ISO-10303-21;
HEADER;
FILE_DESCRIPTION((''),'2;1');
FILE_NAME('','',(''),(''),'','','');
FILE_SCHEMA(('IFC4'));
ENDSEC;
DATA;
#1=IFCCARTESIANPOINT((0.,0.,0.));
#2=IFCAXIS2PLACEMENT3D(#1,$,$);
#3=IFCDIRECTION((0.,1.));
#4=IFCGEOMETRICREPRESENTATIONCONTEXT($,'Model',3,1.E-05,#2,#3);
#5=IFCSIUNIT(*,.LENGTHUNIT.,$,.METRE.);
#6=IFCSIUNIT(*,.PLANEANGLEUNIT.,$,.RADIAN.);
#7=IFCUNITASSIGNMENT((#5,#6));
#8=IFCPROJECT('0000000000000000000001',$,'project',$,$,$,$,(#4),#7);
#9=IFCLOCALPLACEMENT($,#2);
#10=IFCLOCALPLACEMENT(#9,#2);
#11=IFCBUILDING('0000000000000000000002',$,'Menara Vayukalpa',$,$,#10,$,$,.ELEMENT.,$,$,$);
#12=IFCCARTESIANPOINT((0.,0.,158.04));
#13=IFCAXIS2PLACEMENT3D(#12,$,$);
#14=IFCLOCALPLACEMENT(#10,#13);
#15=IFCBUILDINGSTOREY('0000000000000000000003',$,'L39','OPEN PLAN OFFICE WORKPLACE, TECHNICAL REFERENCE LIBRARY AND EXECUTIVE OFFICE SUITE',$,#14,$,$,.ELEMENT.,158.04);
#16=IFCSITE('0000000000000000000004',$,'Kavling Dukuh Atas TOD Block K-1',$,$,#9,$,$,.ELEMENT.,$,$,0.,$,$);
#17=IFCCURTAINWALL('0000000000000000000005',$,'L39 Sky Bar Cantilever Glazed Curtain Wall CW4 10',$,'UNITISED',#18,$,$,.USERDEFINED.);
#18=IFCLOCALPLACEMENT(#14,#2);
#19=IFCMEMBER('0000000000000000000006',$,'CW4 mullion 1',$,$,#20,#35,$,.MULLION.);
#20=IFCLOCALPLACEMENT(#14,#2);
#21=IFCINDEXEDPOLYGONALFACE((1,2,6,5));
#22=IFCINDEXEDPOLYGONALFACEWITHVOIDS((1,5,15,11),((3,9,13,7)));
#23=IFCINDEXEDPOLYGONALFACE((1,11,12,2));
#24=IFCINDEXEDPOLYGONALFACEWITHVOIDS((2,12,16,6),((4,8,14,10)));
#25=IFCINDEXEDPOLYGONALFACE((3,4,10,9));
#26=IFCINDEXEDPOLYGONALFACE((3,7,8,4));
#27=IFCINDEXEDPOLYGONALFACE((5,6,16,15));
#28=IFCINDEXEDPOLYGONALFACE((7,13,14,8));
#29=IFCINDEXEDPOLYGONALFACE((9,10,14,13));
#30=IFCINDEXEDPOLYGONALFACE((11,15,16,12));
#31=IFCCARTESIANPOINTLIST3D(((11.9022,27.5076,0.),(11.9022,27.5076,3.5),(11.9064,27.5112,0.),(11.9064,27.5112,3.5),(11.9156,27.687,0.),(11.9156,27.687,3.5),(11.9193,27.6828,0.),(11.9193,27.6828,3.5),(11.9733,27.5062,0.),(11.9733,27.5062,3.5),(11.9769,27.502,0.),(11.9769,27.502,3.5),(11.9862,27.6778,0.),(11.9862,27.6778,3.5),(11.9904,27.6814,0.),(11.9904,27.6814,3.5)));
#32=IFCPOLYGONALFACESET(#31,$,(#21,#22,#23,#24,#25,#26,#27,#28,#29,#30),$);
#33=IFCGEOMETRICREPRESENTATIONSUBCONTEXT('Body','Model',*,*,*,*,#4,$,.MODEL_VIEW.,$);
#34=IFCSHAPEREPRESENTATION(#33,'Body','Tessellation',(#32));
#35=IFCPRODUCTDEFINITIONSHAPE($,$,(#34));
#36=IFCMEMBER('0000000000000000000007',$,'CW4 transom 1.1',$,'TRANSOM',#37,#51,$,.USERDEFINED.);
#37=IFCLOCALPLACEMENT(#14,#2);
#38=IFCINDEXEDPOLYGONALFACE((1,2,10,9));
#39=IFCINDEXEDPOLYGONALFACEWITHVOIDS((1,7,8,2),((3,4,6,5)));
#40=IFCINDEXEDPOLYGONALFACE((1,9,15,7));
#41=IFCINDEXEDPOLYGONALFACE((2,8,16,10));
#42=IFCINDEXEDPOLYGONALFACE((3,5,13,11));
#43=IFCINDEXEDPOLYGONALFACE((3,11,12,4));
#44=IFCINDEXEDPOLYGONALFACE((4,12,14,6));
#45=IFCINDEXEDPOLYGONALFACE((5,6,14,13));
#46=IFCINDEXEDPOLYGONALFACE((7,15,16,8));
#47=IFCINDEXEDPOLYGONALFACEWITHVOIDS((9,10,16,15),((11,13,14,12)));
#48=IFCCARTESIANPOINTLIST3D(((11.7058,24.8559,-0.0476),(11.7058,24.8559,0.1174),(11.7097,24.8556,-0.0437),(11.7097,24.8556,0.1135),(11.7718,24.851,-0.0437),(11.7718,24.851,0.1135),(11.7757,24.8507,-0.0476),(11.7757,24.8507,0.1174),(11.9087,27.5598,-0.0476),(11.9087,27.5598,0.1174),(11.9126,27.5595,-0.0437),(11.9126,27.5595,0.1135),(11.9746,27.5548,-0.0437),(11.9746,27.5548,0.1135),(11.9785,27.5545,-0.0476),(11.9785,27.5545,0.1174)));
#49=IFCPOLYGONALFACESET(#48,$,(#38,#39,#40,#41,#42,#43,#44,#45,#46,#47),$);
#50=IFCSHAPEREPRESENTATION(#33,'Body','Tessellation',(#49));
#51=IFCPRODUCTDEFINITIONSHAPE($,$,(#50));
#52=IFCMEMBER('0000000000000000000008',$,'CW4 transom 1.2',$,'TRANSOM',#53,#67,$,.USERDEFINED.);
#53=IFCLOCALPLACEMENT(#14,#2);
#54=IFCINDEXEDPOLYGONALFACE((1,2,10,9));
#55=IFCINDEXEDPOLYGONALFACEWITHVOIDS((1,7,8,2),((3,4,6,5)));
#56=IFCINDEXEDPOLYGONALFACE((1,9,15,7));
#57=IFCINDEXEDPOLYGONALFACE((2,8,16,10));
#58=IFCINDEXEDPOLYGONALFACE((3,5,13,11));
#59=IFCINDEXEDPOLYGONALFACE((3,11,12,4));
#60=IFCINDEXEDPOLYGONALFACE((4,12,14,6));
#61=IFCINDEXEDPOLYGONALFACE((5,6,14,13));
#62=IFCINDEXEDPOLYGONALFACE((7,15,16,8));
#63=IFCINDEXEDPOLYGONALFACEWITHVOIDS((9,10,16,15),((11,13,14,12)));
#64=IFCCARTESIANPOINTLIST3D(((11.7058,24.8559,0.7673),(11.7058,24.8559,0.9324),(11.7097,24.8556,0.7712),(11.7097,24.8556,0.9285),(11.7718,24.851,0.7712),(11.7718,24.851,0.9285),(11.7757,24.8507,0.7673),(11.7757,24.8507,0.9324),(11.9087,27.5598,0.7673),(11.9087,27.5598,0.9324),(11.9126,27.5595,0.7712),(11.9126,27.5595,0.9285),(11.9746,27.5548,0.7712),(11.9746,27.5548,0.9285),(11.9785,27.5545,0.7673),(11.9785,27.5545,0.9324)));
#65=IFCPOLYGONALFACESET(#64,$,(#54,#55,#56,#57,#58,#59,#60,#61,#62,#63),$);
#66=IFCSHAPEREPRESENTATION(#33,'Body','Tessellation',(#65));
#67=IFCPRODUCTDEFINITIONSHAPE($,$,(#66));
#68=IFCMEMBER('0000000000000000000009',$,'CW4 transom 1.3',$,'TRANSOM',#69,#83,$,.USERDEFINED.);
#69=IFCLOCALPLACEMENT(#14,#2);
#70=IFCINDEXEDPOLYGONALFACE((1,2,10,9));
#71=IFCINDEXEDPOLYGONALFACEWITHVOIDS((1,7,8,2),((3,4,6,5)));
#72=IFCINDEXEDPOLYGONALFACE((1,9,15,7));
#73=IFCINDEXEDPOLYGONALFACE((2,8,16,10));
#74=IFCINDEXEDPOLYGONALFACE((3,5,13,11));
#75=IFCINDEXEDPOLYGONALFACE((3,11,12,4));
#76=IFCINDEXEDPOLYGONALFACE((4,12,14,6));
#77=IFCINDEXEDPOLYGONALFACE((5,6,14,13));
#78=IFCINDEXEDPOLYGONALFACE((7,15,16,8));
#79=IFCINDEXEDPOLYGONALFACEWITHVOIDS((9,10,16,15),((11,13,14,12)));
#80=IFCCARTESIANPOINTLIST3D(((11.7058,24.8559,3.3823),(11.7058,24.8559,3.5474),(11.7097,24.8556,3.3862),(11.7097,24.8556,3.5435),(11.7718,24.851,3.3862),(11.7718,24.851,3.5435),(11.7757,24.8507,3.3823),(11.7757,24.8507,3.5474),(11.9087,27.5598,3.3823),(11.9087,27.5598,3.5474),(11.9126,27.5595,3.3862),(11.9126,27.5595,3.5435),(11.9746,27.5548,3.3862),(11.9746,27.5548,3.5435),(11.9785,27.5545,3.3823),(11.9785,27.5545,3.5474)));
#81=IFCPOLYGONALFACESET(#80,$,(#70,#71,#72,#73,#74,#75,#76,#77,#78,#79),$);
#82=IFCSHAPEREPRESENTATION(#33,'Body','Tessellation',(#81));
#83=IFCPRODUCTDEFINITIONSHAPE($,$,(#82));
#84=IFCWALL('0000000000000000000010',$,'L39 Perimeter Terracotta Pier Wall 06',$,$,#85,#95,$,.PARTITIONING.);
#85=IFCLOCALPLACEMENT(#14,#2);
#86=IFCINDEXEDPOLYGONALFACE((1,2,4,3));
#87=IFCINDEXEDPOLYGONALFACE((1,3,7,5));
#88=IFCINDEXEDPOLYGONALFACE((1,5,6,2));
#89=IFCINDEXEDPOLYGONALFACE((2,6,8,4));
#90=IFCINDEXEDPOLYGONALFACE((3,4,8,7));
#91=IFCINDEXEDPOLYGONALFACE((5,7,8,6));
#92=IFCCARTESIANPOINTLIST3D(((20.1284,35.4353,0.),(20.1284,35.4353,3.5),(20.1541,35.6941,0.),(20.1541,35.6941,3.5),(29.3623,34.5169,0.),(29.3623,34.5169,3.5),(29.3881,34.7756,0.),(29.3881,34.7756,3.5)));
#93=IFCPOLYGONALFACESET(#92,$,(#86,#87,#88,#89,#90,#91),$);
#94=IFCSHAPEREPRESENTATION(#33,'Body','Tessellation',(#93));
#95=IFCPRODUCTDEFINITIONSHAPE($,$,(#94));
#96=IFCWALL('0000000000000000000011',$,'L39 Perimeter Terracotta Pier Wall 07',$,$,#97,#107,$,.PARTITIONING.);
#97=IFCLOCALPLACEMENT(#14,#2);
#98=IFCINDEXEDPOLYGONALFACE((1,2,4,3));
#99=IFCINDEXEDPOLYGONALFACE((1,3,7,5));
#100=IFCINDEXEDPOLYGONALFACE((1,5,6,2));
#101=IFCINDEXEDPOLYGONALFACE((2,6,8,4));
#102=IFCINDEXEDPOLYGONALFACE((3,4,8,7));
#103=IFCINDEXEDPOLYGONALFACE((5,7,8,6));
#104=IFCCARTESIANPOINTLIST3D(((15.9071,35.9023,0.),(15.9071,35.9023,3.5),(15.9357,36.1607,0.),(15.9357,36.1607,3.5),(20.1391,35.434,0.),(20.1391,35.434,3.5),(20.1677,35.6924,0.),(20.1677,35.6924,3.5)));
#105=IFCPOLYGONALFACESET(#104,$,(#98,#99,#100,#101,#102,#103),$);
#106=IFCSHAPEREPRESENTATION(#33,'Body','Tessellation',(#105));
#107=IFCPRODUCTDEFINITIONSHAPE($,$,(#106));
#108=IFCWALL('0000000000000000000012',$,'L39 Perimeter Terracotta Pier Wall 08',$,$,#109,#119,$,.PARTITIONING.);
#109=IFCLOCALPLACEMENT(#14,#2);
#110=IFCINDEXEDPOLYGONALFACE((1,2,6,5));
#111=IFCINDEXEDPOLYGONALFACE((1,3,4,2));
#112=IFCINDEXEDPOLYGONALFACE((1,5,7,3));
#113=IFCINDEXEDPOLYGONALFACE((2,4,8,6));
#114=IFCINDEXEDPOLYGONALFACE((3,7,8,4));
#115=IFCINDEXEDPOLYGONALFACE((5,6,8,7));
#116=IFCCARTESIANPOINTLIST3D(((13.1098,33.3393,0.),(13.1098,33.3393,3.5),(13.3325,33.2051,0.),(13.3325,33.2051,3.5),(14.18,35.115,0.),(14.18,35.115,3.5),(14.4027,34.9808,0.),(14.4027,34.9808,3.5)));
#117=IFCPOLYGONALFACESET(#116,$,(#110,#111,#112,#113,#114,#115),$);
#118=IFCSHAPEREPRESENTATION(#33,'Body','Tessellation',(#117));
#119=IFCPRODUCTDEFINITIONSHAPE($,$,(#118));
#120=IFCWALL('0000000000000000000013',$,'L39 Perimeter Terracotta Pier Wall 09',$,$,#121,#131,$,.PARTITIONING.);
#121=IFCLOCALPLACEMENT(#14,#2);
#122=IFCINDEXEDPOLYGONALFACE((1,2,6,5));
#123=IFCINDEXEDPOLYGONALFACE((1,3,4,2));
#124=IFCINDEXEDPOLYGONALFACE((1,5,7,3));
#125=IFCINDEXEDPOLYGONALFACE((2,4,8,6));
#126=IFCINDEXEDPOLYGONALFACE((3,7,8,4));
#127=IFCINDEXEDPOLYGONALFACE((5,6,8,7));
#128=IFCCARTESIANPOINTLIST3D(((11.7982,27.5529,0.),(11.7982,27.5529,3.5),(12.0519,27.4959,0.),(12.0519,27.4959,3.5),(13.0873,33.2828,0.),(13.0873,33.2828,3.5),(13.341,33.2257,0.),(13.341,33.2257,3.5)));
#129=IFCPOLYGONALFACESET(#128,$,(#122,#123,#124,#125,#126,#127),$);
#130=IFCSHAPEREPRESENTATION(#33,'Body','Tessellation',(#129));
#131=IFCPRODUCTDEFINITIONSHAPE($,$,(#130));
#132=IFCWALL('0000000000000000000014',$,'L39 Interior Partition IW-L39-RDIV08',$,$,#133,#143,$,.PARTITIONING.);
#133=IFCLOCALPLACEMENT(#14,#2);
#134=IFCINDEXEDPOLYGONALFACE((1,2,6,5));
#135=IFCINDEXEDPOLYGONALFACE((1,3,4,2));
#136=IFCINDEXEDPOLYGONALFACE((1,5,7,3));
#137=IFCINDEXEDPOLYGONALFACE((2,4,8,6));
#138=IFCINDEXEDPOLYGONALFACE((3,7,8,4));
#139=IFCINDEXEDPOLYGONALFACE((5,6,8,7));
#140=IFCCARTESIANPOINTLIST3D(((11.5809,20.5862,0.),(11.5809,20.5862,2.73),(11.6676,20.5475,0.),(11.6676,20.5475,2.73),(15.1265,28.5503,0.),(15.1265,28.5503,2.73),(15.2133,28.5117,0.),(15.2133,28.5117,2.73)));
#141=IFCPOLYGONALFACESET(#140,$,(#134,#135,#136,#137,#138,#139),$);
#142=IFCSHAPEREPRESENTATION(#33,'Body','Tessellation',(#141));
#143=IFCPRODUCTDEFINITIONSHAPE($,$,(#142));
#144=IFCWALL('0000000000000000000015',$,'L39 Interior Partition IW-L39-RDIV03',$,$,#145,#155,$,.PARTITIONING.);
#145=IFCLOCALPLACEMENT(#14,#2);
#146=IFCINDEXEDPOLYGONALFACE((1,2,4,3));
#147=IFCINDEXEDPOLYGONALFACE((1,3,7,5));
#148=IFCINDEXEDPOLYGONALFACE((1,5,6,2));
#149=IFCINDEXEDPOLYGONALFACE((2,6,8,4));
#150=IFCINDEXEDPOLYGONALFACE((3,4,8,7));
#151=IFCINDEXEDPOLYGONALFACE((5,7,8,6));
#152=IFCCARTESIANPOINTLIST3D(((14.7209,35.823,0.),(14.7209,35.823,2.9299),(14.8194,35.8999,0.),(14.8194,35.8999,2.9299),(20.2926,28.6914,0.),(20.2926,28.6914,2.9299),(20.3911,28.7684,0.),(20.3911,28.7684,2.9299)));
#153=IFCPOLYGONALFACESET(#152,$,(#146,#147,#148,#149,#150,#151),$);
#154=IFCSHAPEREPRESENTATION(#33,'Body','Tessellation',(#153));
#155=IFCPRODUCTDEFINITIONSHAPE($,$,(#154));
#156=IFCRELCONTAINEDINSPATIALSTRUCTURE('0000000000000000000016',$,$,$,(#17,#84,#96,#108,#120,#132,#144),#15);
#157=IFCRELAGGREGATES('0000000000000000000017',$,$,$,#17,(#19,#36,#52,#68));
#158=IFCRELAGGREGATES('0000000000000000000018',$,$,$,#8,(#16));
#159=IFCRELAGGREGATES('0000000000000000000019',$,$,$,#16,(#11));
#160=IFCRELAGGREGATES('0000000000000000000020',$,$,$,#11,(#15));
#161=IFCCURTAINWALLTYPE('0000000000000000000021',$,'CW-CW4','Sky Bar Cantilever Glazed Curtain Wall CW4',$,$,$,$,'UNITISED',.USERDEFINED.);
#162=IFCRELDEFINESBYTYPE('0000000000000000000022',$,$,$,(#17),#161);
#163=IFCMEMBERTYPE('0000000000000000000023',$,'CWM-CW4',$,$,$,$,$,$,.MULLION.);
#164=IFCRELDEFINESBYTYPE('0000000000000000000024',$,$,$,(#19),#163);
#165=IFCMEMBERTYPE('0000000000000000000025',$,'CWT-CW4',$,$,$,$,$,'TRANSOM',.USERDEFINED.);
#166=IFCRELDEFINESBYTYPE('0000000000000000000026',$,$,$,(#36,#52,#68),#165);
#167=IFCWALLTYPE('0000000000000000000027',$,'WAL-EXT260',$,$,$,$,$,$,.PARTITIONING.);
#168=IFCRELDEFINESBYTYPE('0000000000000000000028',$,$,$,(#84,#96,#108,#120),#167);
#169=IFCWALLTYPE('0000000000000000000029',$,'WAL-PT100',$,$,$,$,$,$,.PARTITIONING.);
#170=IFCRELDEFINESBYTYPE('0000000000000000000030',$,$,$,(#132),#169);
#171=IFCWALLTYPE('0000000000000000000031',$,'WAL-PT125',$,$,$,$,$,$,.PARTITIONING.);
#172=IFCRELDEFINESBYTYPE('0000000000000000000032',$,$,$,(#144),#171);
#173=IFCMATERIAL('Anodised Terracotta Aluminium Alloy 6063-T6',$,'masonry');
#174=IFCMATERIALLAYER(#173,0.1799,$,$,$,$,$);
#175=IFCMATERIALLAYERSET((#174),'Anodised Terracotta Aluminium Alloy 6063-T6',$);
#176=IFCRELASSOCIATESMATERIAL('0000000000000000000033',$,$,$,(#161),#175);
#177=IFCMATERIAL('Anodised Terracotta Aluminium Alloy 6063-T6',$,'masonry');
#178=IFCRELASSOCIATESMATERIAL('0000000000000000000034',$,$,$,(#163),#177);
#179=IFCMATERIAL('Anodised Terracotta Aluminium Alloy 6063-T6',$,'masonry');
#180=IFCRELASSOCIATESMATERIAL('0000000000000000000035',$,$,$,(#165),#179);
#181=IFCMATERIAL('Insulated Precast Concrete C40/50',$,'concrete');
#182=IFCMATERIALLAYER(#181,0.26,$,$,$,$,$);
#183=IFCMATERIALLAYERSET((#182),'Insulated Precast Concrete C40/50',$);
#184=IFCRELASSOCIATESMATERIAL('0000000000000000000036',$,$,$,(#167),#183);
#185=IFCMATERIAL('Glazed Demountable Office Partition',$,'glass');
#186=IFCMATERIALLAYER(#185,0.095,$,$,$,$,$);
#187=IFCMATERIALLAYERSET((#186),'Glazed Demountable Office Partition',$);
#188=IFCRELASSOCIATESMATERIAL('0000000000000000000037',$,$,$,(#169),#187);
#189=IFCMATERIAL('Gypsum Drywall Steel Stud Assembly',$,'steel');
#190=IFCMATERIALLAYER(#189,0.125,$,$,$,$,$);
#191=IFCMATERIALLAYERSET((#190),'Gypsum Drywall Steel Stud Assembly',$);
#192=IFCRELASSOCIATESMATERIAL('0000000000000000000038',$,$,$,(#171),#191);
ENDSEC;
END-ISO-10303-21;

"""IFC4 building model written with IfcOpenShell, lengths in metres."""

from ifc_helpers import new_model, si_unit, direction, frame, frame_2d, origin, origin_2d, place, context, subcontext, project, spatial, rectangle, hollow_rectangle, extrude, material, layer, layer_set, material_profile, profile_set, type_object, element, aggregate, save


model = new_model("IFC4")

# Units and contexts
model_context = context("Model", 3, precision=1e-05, world=origin(), true_north=direction((0.0, 1.0)))
body_context = subcontext(model_context, "Body", "Model", "MODEL_VIEW")
ifc_project = project(units=[si_unit("LENGTHUNIT", "METRE"), si_unit("PLANEANGLEUNIT", "RADIAN")], contexts=[model_context])

# Site, building, storey
site_placement = place(None, origin())
site = spatial("IfcSite", under=ifc_project, at=site_placement, Name="Kavling Dukuh Atas TOD Block K-1", CompositionType="ELEMENT", RefElevation=0.0)
building_placement = place(site_placement, origin())
building = spatial("IfcBuilding", under=site, at=building_placement, Name="Menara Vayukalpa", CompositionType="ELEMENT")
storey_placement = place(building_placement, frame((0.0, 0.0, 158.04)))
storey = spatial("IfcBuildingStorey", under=building, at=storey_placement, Name="L39", Description="OPEN PLAN OFFICE WORKPLACE, TECHNICAL REFERENCE LIBRARY AND EXECUTIVE OFFICE SUITE", CompositionType="ELEMENT", Elevation=158.04)

# Curtain wall, members
ifc_material_1 = material(Name="Anodised Terracotta Aluminium Alloy 6063-T6", Category="masonry")
ifc_layer_1 = layer(ifc_material_1, 0.1799)
ifc_layer_set_1 = layer_set([ifc_layer_1], Name="Anodised Terracotta Aluminium Alloy 6063-T6")
curtain_wall_type = type_object("IfcCurtainWallType", Name="CW-CW4", Description="Sky Bar Cantilever Glazed Curtain Wall CW4", ElementType="UNITISED", PredefinedType="USERDEFINED", material=ifc_layer_set_1)
curtain_wall_placement = place(storey_placement, origin())
curtain_wall = element("IfcCurtainWall", 1, at=curtain_wall_placement, inside=storey, type_object=curtain_wall_type, Name="L39 Sky Bar Cantilever Glazed Curtain Wall CW4 10", ObjectType="UNITISED", PredefinedType="USERDEFINED")
ifc_material_2 = material(Name="Anodised Terracotta Aluminium Alloy 6063-T6", Category="masonry")
ifc_material_profile_1 = material_profile(ifc_material_2, hollow_rectangle(XDim=0.075, YDim=0.1799, WallThickness=0.0039, at=origin_2d()), Name="ALU 75x180x4")
ifc_profile_set_1 = profile_set([ifc_material_profile_1], Name="Anodised Terracotta Aluminium Alloy 6063-T6")
member_type_1 = type_object("IfcMemberType", Name="CWM-CW4", PredefinedType="MULLION", material=ifc_profile_set_1)
member_1_placement = place(storey_placement, frame((11.9463, 27.5945, 0.0), z_axis=(0.0, 0.0, 1.0), x_axis=(0.997199, -0.074793, 0.0)))
member_1 = element("IfcMember", 2, at=member_1_placement, type_object=member_type_1, Name="CW4 mullion 1", PredefinedType="MULLION", context=body_context, shape_type="SweptSolid", body=[
    extrude(hollow_rectangle(XDim=0.075, YDim=0.1799, WallThickness=0.0039, at=origin_2d()), origin(), (0.0, 0.0, 1.0), 3.5),
])
ifc_material_3 = material(Name="Anodised Terracotta Aluminium Alloy 6063-T6", Category="masonry")
ifc_material_profile_2 = material_profile(ifc_material_3, hollow_rectangle(XDim=0.0701, YDim=0.165, WallThickness=0.0039, at=origin_2d()), Name="ALU 70x165x4")
ifc_profile_set_2 = profile_set([ifc_material_profile_2], Name="Anodised Terracotta Aluminium Alloy 6063-T6")
member_type_2 = type_object("IfcMemberType", Name="CWT-CW4", ElementType="TRANSOM", PredefinedType="USERDEFINED", material=ifc_profile_set_2)
member_2_placement = place(storey_placement, frame((11.9436, 27.5571, 0.0349), z_axis=(-0.074824, -0.997197, 0.0), x_axis=(0.997197, -0.074824, 0.0)))
member_2 = element("IfcMember", 3, at=member_2_placement, type_object=member_type_2, Name="CW4 transom 1.1", ObjectType="TRANSOM", PredefinedType="USERDEFINED", context=body_context, shape_type="SweptSolid", body=[
    extrude(hollow_rectangle(XDim=0.0701, YDim=0.165, WallThickness=0.0039, at=origin_2d()), origin(), (0.0, 0.0, 1.0), 2.7114),
])
member_3_placement = place(storey_placement, frame((11.9436, 27.5571, 0.8499), z_axis=(-0.074824, -0.997197, 0.0), x_axis=(0.997197, -0.074824, 0.0)))
member_3 = element("IfcMember", 4, at=member_3_placement, type_object=member_type_2, Name="CW4 transom 1.2", ObjectType="TRANSOM", PredefinedType="USERDEFINED", context=body_context, shape_type="SweptSolid", body=[
    extrude(hollow_rectangle(XDim=0.0701, YDim=0.165, WallThickness=0.0039, at=origin_2d()), origin(), (0.0, 0.0, 1.0), 2.7114),
])
member_4_placement = place(storey_placement, frame((11.9436, 27.5571, 3.4648), z_axis=(-0.074824, -0.997197, 0.0), x_axis=(0.997197, -0.074824, 0.0)))
member_4 = element("IfcMember", 5, at=member_4_placement, type_object=member_type_2, Name="CW4 transom 1.3", ObjectType="TRANSOM", PredefinedType="USERDEFINED", context=body_context, shape_type="SweptSolid", body=[
    extrude(hollow_rectangle(XDim=0.0701, YDim=0.165, WallThickness=0.0039, at=origin_2d()), origin(), (0.0, 0.0, 1.0), 2.7114),
])
aggregate(curtain_wall, [member_1, member_2, member_3, member_4])

# Walls
ifc_material_4 = material(Name="Insulated Precast Concrete C40/50", Category="concrete")
ifc_layer_2 = layer(ifc_material_4, 0.26)
ifc_layer_set_2 = layer_set([ifc_layer_2], Name="Insulated Precast Concrete C40/50")
wall_type_1 = type_object("IfcWallType", Name="WAL-EXT260", PredefinedType="PARTITIONING", material=ifc_layer_set_2)
wall_1_placement = place(storey_placement, frame((20.1414, 35.5647, 0.0), z_axis=(0.0, 0.0, 1.0), x_axis=(0.99509, -0.098978, 0.0)))
element("IfcWall", 6, at=wall_1_placement, inside=storey, type_object=wall_type_1, Name="L39 Perimeter Terracotta Pier Wall 06", PredefinedType="PARTITIONING", context=body_context, shape_type="SweptSolid", body=[
    extrude(rectangle(XDim=9.2795, YDim=0.26, at=frame_2d((4.6396, 0.0))), origin(), (0.0, 0.0, 1.0), 3.5),
])
wall_2_placement = place(storey_placement, frame((15.9214, 36.0315, 0.0), z_axis=(0.0, 0.0, 1.0), x_axis=(0.993934, -0.109978, 0.0)))
element("IfcWall", 7, at=wall_2_placement, inside=storey, type_object=wall_type_1, Name="L39 Perimeter Terracotta Pier Wall 07", PredefinedType="PARTITIONING", context=body_context, shape_type="SweptSolid", body=[
    extrude(rectangle(XDim=4.2578, YDim=0.26, at=frame_2d((2.1289, 0.0))), origin(), (0.0, 0.0, 1.0), 3.5),
])
wall_3_placement = place(storey_placement, frame((13.2212, 33.2722, 0.0), z_axis=(0.0, 0.0, 1.0), x_axis=(0.516157, 0.856494, 0.0)))
element("IfcWall", 8, at=wall_3_placement, inside=storey, type_object=wall_type_1, Name="L39 Perimeter Terracotta Pier Wall 08", PredefinedType="PARTITIONING", context=body_context, shape_type="SweptSolid", body=[
    extrude(rectangle(XDim=2.0732, YDim=0.26, at=frame_2d((1.0366, 0.0))), origin(), (0.0, 0.0, 1.0), 3.5),
])
wall_4_placement = place(storey_placement, frame((11.925, 27.5244, 0.0), z_axis=(0.0, 0.0, 1.0), x_axis=(0.219491, 0.975614, 0.0)))
element("IfcWall", 9, at=wall_4_placement, inside=storey, type_object=wall_type_1, Name="L39 Perimeter Terracotta Pier Wall 09", PredefinedType="PARTITIONING", context=body_context, shape_type="SweptSolid", body=[
    extrude(rectangle(XDim=5.873, YDim=0.26, at=frame_2d((2.9365, 0.0))), origin(), (0.0, 0.0, 1.0), 3.5),
])
ifc_material_5 = material(Name="Glazed Demountable Office Partition", Category="glass")
ifc_layer_3 = layer(ifc_material_5, 0.095)
ifc_layer_set_3 = layer_set([ifc_layer_3], Name="Glazed Demountable Office Partition")
wall_type_2 = type_object("IfcWallType", Name="WAL-PT100", PredefinedType="PARTITIONING", material=ifc_layer_set_3)
wall_5_placement = place(storey_placement, frame((15.1699, 28.531, 0.0), z_axis=(0.0, 0.0, 1.0), x_axis=(-0.406718, -0.913554, 0.0)))
element("IfcWall", 10, at=wall_5_placement, inside=storey, type_object=wall_type_2, Name="L39 Interior Partition IW-L39-RDIV08", PredefinedType="PARTITIONING", context=body_context, shape_type="SweptSolid", body=[
    extrude(rectangle(XDim=8.7178, YDim=0.095, at=frame_2d((4.3589, 0.0))), origin(), (0.0, 0.0, 1.0), 2.73),
])
ifc_material_6 = material(Name="Gypsum Drywall Steel Stud Assembly", Category="steel")
ifc_layer_4 = layer(ifc_material_6, 0.125)
ifc_layer_set_4 = layer_set([ifc_layer_4], Name="Gypsum Drywall Steel Stud Assembly")
wall_type_3 = type_object("IfcWallType", Name="WAL-PT125", PredefinedType="PARTITIONING", material=ifc_layer_set_4)
wall_6_placement = place(storey_placement, frame((20.3418, 28.73, 0.0), z_axis=(0.0, 0.0, 1.0), x_axis=(-0.615659, 0.788013, 0.0)))
element("IfcWall", 11, at=wall_6_placement, inside=storey, type_object=wall_type_3, Name="L39 Interior Partition IW-L39-RDIV03", PredefinedType="PARTITIONING", context=body_context, shape_type="SweptSolid", body=[
    extrude(rectangle(XDim=9.05, YDim=0.125, at=frame_2d((4.5249, 0.0))), origin(), (0.0, 0.0, 1.0), 2.9299),
])

save(model, "model.ifc")
